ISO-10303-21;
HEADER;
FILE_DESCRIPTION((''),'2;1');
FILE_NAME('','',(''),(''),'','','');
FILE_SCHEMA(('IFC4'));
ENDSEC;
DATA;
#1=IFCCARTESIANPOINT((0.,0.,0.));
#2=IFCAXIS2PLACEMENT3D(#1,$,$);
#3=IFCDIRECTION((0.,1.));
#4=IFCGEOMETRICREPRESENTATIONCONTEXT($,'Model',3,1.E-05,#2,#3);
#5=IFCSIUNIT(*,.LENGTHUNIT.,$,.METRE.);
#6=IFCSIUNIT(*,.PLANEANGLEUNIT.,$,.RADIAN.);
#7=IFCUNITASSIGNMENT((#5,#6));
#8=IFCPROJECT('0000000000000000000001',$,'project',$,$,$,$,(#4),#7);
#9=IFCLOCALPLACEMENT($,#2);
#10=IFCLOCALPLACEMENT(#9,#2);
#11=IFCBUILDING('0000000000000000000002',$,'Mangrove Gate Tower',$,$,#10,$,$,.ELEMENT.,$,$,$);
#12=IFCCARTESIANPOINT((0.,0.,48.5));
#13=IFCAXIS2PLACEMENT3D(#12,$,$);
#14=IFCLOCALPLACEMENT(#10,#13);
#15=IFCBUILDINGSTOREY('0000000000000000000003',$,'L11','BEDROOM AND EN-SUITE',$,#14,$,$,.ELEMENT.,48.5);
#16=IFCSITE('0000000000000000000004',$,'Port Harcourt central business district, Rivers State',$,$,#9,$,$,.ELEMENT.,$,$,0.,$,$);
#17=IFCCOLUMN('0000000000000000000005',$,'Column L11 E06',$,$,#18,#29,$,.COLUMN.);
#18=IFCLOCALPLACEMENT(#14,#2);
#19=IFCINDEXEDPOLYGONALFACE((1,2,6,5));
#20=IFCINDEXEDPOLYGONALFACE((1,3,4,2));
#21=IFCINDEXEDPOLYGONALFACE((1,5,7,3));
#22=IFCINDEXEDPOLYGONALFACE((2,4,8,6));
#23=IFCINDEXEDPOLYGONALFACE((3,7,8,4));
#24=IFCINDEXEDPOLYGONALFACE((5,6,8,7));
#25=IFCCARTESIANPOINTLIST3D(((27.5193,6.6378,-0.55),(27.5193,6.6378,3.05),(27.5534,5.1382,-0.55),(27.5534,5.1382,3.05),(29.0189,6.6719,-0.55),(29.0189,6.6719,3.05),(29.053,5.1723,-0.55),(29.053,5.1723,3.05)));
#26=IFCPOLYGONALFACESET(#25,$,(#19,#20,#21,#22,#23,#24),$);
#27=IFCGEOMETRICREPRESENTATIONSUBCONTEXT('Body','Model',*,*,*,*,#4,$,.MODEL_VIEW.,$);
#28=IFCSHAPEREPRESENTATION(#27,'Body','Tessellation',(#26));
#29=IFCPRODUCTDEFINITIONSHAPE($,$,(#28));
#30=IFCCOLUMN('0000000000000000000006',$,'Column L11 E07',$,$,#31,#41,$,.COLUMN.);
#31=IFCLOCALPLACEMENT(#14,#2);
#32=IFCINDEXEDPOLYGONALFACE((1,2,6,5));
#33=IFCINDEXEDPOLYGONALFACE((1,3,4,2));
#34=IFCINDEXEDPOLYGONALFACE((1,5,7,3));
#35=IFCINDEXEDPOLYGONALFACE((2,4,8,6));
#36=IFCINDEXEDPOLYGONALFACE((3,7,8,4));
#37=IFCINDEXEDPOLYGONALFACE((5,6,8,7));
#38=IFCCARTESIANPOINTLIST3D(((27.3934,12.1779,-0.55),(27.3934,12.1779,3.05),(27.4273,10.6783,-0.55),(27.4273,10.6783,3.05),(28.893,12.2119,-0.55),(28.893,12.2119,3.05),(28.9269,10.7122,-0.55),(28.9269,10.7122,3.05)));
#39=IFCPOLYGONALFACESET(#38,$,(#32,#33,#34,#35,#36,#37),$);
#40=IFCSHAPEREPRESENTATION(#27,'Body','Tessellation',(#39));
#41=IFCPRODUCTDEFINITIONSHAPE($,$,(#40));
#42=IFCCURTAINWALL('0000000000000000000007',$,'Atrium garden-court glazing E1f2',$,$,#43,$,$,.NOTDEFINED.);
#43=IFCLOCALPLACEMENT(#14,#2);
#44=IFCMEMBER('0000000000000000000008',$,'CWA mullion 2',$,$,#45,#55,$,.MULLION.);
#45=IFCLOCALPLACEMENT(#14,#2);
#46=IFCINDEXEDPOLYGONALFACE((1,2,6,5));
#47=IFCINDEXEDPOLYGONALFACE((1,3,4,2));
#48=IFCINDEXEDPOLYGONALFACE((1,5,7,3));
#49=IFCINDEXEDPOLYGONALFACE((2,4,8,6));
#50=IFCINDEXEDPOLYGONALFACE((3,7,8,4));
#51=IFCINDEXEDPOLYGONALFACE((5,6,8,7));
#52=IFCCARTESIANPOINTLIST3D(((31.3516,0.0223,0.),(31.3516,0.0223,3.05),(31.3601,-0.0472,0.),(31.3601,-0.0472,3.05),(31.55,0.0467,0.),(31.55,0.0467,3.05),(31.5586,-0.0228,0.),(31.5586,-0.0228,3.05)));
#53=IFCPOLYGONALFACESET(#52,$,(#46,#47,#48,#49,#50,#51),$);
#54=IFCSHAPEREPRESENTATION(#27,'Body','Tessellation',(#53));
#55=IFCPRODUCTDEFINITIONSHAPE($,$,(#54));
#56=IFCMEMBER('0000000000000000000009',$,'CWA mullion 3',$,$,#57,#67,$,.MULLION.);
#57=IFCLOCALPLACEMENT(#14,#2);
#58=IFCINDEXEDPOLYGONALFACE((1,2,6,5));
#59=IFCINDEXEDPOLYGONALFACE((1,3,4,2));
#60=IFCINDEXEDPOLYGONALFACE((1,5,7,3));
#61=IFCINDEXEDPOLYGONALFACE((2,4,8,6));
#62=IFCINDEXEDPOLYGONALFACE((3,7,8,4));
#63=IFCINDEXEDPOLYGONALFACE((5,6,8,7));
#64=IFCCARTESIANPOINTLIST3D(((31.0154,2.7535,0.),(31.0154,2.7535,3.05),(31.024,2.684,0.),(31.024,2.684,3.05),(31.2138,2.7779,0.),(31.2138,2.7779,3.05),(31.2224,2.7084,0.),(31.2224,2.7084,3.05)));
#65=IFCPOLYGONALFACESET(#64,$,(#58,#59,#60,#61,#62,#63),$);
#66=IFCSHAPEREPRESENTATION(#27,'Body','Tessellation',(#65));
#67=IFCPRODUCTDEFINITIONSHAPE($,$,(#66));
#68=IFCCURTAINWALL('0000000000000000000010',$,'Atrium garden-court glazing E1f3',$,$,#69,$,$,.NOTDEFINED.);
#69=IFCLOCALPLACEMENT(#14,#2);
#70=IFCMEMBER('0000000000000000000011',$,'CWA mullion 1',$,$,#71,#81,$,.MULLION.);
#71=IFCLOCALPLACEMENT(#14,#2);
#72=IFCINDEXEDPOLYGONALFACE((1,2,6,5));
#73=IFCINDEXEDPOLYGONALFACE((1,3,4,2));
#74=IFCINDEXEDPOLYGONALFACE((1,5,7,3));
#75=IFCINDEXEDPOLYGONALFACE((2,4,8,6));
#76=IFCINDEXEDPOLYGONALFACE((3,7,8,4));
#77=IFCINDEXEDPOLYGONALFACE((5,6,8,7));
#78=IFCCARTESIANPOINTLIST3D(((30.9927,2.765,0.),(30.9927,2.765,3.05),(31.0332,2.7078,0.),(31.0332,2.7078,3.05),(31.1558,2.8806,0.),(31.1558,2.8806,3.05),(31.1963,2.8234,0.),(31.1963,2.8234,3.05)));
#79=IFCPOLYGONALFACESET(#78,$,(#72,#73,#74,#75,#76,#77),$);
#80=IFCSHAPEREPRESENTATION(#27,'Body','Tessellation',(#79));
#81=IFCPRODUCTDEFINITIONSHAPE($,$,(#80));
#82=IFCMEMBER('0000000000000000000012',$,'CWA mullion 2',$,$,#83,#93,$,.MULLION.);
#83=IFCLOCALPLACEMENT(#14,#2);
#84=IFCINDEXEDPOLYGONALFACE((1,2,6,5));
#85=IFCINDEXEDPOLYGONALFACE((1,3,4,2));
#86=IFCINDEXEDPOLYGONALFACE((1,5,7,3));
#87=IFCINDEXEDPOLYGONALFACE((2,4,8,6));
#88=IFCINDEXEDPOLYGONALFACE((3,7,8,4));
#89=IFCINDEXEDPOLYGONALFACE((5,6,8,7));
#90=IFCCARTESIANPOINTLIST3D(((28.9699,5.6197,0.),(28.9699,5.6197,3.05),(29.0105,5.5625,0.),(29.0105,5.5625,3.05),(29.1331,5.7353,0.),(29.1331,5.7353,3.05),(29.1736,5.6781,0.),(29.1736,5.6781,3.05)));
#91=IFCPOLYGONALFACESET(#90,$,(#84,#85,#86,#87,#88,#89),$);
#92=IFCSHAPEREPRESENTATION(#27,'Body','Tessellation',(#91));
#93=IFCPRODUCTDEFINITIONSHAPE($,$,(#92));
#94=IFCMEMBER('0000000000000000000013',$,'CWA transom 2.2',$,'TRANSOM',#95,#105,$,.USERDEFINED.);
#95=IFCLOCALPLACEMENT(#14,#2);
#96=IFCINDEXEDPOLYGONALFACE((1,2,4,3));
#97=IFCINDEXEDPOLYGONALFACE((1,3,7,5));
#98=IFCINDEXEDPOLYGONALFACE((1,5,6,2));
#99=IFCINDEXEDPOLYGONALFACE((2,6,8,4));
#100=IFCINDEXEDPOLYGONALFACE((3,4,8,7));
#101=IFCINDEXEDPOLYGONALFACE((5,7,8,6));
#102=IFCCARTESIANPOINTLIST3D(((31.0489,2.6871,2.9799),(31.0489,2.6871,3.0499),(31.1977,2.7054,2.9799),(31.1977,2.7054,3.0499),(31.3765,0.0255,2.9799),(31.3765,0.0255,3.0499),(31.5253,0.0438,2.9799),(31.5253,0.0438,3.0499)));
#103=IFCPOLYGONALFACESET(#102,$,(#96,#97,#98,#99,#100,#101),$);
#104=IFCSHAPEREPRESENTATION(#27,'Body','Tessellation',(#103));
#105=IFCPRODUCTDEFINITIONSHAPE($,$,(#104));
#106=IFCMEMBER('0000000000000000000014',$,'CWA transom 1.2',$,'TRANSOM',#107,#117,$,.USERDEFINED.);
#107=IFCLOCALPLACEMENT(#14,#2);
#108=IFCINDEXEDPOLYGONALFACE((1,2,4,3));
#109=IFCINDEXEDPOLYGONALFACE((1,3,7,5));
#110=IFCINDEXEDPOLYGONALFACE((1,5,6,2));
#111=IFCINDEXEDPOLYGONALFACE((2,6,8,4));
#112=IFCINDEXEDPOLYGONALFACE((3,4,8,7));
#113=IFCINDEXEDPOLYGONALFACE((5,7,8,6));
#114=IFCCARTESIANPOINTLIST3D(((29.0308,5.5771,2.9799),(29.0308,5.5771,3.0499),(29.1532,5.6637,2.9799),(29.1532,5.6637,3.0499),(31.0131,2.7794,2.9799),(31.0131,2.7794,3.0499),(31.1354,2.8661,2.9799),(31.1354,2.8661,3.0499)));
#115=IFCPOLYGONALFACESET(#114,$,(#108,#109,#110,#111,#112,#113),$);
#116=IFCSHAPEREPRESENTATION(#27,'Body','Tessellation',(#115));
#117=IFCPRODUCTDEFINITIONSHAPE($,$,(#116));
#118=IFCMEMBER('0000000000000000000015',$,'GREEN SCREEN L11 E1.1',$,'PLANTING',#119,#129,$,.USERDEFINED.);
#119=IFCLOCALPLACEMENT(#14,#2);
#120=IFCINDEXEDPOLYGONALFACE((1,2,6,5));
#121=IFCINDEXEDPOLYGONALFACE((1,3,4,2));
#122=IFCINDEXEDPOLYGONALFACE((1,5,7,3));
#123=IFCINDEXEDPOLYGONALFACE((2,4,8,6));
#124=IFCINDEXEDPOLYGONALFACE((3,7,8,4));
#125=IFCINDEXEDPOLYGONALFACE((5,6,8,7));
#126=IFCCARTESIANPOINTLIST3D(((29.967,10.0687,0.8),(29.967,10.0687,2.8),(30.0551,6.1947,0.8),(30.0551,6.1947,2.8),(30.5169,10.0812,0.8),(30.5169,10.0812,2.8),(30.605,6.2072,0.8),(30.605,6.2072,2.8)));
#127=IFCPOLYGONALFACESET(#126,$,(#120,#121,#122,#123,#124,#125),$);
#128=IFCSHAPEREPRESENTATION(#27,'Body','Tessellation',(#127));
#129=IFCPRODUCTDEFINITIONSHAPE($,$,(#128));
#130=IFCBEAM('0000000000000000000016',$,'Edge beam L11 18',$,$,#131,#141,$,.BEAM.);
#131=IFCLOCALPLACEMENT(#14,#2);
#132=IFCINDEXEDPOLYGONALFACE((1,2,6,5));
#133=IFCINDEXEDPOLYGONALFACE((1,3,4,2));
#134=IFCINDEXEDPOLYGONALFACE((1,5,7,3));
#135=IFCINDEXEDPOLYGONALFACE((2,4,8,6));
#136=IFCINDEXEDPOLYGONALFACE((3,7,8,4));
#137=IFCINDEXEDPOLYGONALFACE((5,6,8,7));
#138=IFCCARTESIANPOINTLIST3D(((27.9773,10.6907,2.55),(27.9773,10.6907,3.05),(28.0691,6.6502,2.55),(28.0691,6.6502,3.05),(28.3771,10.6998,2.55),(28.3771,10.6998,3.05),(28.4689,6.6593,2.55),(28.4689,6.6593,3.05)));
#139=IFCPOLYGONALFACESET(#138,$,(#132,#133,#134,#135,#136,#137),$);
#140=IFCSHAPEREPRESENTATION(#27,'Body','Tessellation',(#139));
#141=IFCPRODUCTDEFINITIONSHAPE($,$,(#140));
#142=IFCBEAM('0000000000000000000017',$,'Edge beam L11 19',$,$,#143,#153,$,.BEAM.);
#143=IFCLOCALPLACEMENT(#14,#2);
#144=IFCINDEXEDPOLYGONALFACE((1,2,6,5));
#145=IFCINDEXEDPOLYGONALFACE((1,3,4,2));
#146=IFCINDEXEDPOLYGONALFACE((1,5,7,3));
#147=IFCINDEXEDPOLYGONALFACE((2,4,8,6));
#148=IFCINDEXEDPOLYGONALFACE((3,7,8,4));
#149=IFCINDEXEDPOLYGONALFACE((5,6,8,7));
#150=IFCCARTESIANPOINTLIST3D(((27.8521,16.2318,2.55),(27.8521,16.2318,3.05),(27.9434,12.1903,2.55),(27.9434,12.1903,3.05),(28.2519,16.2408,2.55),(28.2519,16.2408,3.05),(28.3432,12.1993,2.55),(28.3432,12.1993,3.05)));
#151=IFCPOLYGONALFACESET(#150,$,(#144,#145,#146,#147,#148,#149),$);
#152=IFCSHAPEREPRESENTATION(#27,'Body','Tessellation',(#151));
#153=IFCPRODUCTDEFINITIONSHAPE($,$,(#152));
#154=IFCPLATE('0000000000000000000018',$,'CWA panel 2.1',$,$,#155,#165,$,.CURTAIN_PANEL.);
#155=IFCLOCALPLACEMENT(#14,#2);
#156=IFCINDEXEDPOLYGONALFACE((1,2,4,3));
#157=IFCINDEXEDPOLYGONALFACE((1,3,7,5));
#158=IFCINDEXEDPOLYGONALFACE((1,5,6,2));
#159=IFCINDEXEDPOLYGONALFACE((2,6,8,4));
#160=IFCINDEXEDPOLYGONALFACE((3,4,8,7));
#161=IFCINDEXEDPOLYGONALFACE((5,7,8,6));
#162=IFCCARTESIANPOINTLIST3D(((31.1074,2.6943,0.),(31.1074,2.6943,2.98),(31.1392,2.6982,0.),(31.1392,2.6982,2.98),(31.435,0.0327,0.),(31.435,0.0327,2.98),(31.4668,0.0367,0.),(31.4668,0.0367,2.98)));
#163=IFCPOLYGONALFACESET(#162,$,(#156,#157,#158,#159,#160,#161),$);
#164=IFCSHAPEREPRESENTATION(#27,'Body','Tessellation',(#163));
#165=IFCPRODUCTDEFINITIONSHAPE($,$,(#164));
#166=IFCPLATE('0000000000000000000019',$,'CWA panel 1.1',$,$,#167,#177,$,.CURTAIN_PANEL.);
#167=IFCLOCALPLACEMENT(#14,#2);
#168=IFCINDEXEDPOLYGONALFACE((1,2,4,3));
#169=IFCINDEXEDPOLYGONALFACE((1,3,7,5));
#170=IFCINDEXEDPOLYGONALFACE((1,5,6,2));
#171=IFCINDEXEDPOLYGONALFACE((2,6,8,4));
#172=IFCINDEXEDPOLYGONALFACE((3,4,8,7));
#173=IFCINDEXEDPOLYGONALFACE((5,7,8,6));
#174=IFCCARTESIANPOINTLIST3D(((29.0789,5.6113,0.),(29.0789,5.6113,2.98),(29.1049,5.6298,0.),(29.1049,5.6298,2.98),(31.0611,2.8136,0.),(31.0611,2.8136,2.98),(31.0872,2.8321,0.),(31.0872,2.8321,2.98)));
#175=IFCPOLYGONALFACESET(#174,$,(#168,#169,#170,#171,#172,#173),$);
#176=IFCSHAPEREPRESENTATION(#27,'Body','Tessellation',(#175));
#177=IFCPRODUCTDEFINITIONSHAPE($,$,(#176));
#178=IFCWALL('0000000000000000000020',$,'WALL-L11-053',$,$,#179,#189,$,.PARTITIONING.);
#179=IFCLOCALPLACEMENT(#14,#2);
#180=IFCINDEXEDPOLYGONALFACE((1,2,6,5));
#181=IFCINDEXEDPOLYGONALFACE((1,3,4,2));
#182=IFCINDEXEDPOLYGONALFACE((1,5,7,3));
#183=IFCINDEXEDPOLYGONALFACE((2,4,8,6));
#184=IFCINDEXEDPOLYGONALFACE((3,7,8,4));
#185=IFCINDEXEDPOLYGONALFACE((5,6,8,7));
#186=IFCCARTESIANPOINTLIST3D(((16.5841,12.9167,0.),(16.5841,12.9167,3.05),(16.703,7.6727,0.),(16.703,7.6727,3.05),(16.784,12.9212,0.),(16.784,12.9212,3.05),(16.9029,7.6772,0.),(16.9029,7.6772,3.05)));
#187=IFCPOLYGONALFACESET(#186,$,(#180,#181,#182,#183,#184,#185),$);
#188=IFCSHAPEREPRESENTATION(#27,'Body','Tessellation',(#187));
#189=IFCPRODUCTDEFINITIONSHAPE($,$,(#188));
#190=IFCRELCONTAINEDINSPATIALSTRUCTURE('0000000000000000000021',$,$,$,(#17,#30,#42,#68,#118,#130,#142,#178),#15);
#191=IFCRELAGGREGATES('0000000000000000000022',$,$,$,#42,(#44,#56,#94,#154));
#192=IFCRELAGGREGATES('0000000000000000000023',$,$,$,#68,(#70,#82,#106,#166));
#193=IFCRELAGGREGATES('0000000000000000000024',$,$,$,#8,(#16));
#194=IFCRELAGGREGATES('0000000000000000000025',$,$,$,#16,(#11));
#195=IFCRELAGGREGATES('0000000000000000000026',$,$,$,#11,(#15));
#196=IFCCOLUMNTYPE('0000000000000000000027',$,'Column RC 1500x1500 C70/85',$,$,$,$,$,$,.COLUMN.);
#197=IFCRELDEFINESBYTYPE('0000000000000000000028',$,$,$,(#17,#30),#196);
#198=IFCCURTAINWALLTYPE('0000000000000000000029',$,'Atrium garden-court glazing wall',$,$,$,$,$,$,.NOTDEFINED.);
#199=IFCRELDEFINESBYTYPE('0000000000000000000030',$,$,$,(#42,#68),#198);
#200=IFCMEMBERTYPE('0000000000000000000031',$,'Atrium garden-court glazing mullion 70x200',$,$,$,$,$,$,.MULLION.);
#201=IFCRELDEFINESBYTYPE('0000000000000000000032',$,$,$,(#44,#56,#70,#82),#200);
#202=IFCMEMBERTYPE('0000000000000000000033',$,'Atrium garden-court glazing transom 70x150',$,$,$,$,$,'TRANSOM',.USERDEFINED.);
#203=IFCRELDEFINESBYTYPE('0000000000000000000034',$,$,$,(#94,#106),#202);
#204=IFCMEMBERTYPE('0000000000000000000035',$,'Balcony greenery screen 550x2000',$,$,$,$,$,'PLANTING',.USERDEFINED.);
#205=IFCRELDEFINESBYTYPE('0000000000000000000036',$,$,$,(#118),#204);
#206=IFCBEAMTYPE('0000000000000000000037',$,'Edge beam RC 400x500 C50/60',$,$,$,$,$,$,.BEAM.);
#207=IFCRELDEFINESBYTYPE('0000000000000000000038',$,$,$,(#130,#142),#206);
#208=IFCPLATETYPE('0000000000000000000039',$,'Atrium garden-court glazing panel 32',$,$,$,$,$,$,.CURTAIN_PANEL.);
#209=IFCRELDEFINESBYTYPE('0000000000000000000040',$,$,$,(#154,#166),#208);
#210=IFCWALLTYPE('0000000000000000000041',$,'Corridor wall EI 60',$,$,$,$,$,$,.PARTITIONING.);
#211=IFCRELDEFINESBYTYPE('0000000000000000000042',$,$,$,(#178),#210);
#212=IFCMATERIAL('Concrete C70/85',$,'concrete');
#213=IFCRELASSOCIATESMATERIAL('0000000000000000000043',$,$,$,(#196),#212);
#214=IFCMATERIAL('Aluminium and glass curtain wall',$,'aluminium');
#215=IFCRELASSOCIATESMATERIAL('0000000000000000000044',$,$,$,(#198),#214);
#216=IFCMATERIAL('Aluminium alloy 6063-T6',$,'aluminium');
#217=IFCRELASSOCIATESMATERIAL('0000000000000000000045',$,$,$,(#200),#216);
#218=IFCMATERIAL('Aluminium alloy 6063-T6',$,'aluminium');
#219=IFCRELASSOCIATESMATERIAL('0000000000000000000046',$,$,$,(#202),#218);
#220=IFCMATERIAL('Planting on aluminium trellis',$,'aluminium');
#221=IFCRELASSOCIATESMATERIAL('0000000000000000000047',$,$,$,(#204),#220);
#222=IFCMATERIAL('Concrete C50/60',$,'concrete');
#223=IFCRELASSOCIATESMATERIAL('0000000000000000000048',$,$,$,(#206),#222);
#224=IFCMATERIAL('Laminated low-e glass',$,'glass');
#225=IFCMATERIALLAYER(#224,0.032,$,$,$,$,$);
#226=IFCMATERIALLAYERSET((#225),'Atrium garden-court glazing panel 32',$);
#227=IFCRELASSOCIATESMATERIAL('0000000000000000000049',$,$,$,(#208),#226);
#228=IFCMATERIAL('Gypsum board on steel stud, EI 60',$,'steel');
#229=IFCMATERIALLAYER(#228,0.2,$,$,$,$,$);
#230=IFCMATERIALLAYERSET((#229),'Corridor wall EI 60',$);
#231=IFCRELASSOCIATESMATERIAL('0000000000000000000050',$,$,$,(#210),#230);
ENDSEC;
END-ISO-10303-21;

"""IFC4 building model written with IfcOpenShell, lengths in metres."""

from ifc_helpers import new_model, si_unit, direction, frame, frame_2d, origin, origin_2d, place, context, subcontext, project, spatial, rectangle, extrude, material, layer, layer_set, material_profile, profile_set, type_object, element, aggregate, save


model = new_model("IFC4")

# Units and contexts
model_context = context("Model", 3, precision=1e-05, world=origin(), true_north=direction((0.0, 1.0)))
body_context = subcontext(model_context, "Body", "Model", "MODEL_VIEW")
ifc_project = project(units=[si_unit("LENGTHUNIT", "METRE"), si_unit("PLANEANGLEUNIT", "RADIAN")], contexts=[model_context])

# Site, building, storey
site_placement = place(None, origin())
site = spatial("IfcSite", under=ifc_project, at=site_placement, Name="Port Harcourt central business district, Rivers State", CompositionType="ELEMENT", RefElevation=0.0)
building_placement = place(site_placement, origin())
building = spatial("IfcBuilding", under=site, at=building_placement, Name="Mangrove Gate Tower", CompositionType="ELEMENT")
storey_placement = place(building_placement, frame((0.0, 0.0, 48.5)))
storey = spatial("IfcBuildingStorey", under=building, at=storey_placement, Name="L11", Description="BEDROOM AND EN-SUITE", CompositionType="ELEMENT", Elevation=48.5)

# Columns
ifc_material_1 = material(Name="Concrete C70/85", Category="concrete")
ifc_material_profile_1 = material_profile(ifc_material_1, rectangle(XDim=1.5, YDim=1.5, at=origin_2d()))
ifc_profile_set_1 = profile_set([ifc_material_profile_1], Name="Concrete C70/85")
column_type = type_object("IfcColumnType", Name="Column RC 1500x1500 C70/85", PredefinedType="COLUMN", material=ifc_profile_set_1)
for number, where, z_axis, x_axis, name in (
    (1, (28.2861, 5.905, -0.55), (0.0, 0.0, 1.0), (-0.022704, 0.999742, 0.0), "Column L11 E06"),
    (2, (28.1602, 11.4451, -0.55), (0.0, 0.0, 1.0), (-0.022646, 0.999744, 0.0), "Column L11 E07"),
):
    element("IfcColumn", number, at=place(storey_placement, frame(where, z_axis=z_axis, x_axis=x_axis)), inside=storey, type_object=column_type, Name=name, PredefinedType="COLUMN", context=body_context, shape_type="SweptSolid", body=[
        extrude(rectangle(XDim=1.5, YDim=1.5, at=origin_2d()), origin(), (0.0, 0.0, 1.0), 3.6001),
    ])

# Curtain walls, members
ifc_material_2 = material(Name="Aluminium and glass curtain wall", Category="aluminium")
curtain_wall_type = type_object("IfcCurtainWallType", Name="Atrium garden-court glazing wall", PredefinedType="NOTDEFINED", material=ifc_material_2)
curtain_wall_1_placement = place(storey_placement, origin())
curtain_wall_1 = element("IfcCurtainWall", 3, at=curtain_wall_1_placement, inside=storey, type_object=curtain_wall_type, Name="Atrium garden-court glazing E1f2", PredefinedType="NOTDEFINED")
ifc_material_3 = material(Name="Aluminium alloy 6063-T6", Category="aluminium")
ifc_material_profile_2 = material_profile(ifc_material_3, rectangle(XDim=0.0701, YDim=0.2, at=origin_2d()))
ifc_profile_set_2 = profile_set([ifc_material_profile_2], Name="Aluminium alloy 6063-T6")
member_type_1 = type_object("IfcMemberType", Name="Atrium garden-court glazing mullion 70x200", PredefinedType="MULLION", material=ifc_profile_set_2)
member_1_placement = place(storey_placement, frame((31.4551, -0.0002, 0.0), z_axis=(0.0, 0.0, 1.0), x_axis=(-0.122172, 0.992509, 0.0)))
member_1 = element("IfcMember", 4, at=member_1_placement, type_object=member_type_1, Name="CWA mullion 2", PredefinedType="MULLION", context=body_context, shape_type="SweptSolid", body=[
    extrude(rectangle(XDim=0.0701, YDim=0.2, at=origin_2d()), origin(), (0.0, 0.0, 1.0), 3.05),
])
member_2_placement = place(storey_placement, frame((31.1189, 2.731, 0.0), z_axis=(0.0, 0.0, 1.0), x_axis=(-0.122172, 0.992509, 0.0)))
member_2 = element("IfcMember", 5, at=member_2_placement, type_object=member_type_1, Name="CWA mullion 3", PredefinedType="MULLION", context=body_context, shape_type="SweptSolid", body=[
    extrude(rectangle(XDim=0.0701, YDim=0.2, at=origin_2d()), origin(), (0.0, 0.0, 1.0), 3.05),
])
curtain_wall_2_placement = place(storey_placement, origin())
curtain_wall_2 = element("IfcCurtainWall", 6, at=curtain_wall_2_placement, inside=storey, type_object=curtain_wall_type, Name="Atrium garden-court glazing E1f3", PredefinedType="NOTDEFINED")
member_3_placement = place(storey_placement, frame((31.0945, 2.7942, 0.0), z_axis=(0.0, 0.0, 1.0), x_axis=(-0.578123, 0.81595, 0.0)))
member_3 = element("IfcMember", 7, at=member_3_placement, type_object=member_type_1, Name="CWA mullion 1", PredefinedType="MULLION", context=body_context, shape_type="SweptSolid", body=[
    extrude(rectangle(XDim=0.0701, YDim=0.2, at=origin_2d()), origin(), (0.0, 0.0, 1.0), 3.05),
])
member_4_placement = place(storey_placement, frame((29.0718, 5.6489, 0.0), z_axis=(0.0, 0.0, 1.0), x_axis=(-0.578123, 0.81595, 0.0)))
member_4 = element("IfcMember", 8, at=member_4_placement, type_object=member_type_1, Name="CWA mullion 2", PredefinedType="MULLION", context=body_context, shape_type="SweptSolid", body=[
    extrude(rectangle(XDim=0.0701, YDim=0.2, at=origin_2d()), origin(), (0.0, 0.0, 1.0), 3.05),
])

# Members
ifc_material_4 = material(Name="Aluminium alloy 6063-T6", Category="aluminium")
ifc_material_profile_3 = material_profile(ifc_material_4, rectangle(XDim=0.0701, YDim=0.1499, at=origin_2d()))
ifc_profile_set_3 = profile_set([ifc_material_profile_3], Name="Aluminium alloy 6063-T6")
member_type_2 = type_object("IfcMemberType", Name="Atrium garden-court glazing transom 70x150", ElementType="TRANSOM", PredefinedType="USERDEFINED", material=ifc_profile_set_3)
member_5_placement = place(storey_placement, frame((31.4509, 0.0347, 3.0149), z_axis=(-0.122175, 0.992509, 0.0), x_axis=(0.0, 0.0, 1.0)))
member_5 = element("IfcMember", 9, at=member_5_placement, type_object=member_type_2, Name="CWA transom 2.2", ObjectType="TRANSOM", PredefinedType="USERDEFINED", context=body_context, shape_type="SweptSolid", body=[
    extrude(rectangle(XDim=0.0701, YDim=0.1499, at=origin_2d()), origin(), (0.0, 0.0, 1.0), 2.6816),
])
member_6_placement = place(storey_placement, frame((31.0742, 2.8228, 3.0149), z_axis=(-0.578122, 0.81595, 0.0), x_axis=(0.0, 0.0, 1.0)))
member_6 = element("IfcMember", 10, at=member_6_placement, type_object=member_type_2, Name="CWA transom 1.2", ObjectType="TRANSOM", PredefinedType="USERDEFINED", context=body_context, shape_type="SweptSolid", body=[
    extrude(rectangle(XDim=0.0701, YDim=0.1499, at=origin_2d()), origin(), (0.0, 0.0, 1.0), 3.4287),
])
ifc_material_5 = material(Name="Planting on aluminium trellis", Category="aluminium")
ifc_material_profile_4 = material_profile(ifc_material_5, rectangle(XDim=0.55, YDim=2.0, at=origin_2d()))
ifc_profile_set_4 = profile_set([ifc_material_profile_4], Name="Planting on aluminium trellis")
member_type_3 = type_object("IfcMemberType", Name="Balcony greenery screen 550x2000", ElementType="PLANTING", PredefinedType="USERDEFINED", material=ifc_profile_set_4)
member_7_placement = place(storey_placement, frame((30.3301, 6.2009, 1.8), z_axis=(-0.022744, 0.999741, 0.0), x_axis=(-0.999741, -0.022744, 0.0)))
element("IfcMember", 11, at=member_7_placement, inside=storey, type_object=member_type_3, Name="GREEN SCREEN L11 E1.1", ObjectType="PLANTING", PredefinedType="USERDEFINED", context=body_context, shape_type="SweptSolid", body=[
    extrude(rectangle(XDim=0.55, YDim=2.0, at=origin_2d()), origin(), (0.0, 0.0, 1.0), 3.875),
])

# Beams
ifc_material_6 = material(Name="Concrete C50/60", Category="concrete")
ifc_material_profile_5 = material_profile(ifc_material_6, rectangle(XDim=0.3999, YDim=0.5, at=origin_2d()))
ifc_profile_set_5 = profile_set([ifc_material_profile_5], Name="Concrete C50/60")
beam_type = type_object("IfcBeamType", Name="Edge beam RC 400x500 C50/60", PredefinedType="BEAM", material=ifc_profile_set_5)
beam_1_placement = place(storey_placement, frame((28.269, 6.6548, 2.8), z_axis=(-0.022713, 0.999742, 0.0), x_axis=(-0.999742, -0.022713, 0.0)))
element("IfcBeam", 12, at=beam_1_placement, inside=storey, type_object=beam_type, Name="Edge beam L11 18", PredefinedType="BEAM", context=body_context, shape_type="SweptSolid", body=[
    extrude(rectangle(XDim=0.3999, YDim=0.5, at=origin_2d()), origin(), (0.0, 0.0, 1.0), 4.0415),
])
beam_2_placement = place(storey_placement, frame((28.1433, 12.1948, 2.8), z_axis=(-0.022587, 0.999745, 0.0), x_axis=(-0.999745, -0.022587, 0.0)))
element("IfcBeam", 13, at=beam_2_placement, inside=storey, type_object=beam_type, Name="Edge beam L11 19", PredefinedType="BEAM", context=body_context, shape_type="SweptSolid", body=[
    extrude(rectangle(XDim=0.3999, YDim=0.5, at=origin_2d()), origin(), (0.0, 0.0, 1.0), 4.0425),
])

# Plates
ifc_material_7 = material(Name="Laminated low-e glass", Category="glass")
ifc_layer_1 = layer(ifc_material_7, 0.032)
ifc_layer_set_1 = layer_set([ifc_layer_1], Name="Atrium garden-court glazing panel 32")
plate_type = type_object("IfcPlateType", Name="Atrium garden-court glazing panel 32", PredefinedType="CURTAIN_PANEL", material=ifc_layer_set_1)
plate_1_placement = place(storey_placement, frame((31.2871, 1.3655, 0.0), z_axis=(0.0, 0.0, 1.0), x_axis=(-0.122172, 0.992509, 0.0)))
plate_1 = element("IfcPlate", 14, at=plate_1_placement, type_object=plate_type, Name="CWA panel 2.1", PredefinedType="CURTAIN_PANEL", context=body_context, shape_type="SweptSolid", body=[
    extrude(rectangle(XDim=2.6816, YDim=0.032, at=origin_2d()), origin(), (0.0, 0.0, 1.0), 2.98),
])
aggregate(curtain_wall_1, [member_1, member_2, member_5, plate_1])
plate_2_placement = place(storey_placement, frame((30.083, 4.2217, 0.0), z_axis=(0.0, 0.0, 1.0), x_axis=(-0.578123, 0.81595, 0.0)))
plate_2 = element("IfcPlate", 15, at=plate_2_placement, type_object=plate_type, Name="CWA panel 1.1", PredefinedType="CURTAIN_PANEL", context=body_context, shape_type="SweptSolid", body=[
    extrude(rectangle(XDim=3.4287, YDim=0.032, at=origin_2d()), origin(), (0.0, 0.0, 1.0), 2.98),
])
aggregate(curtain_wall_2, [member_3, member_4, member_6, plate_2])

# Wall
ifc_material_8 = material(Name="Gypsum board on steel stud, EI 60", Category="steel")
ifc_layer_2 = layer(ifc_material_8, 0.2)
ifc_layer_set_2 = layer_set([ifc_layer_2], Name="Corridor wall EI 60")
wall_type_1 = type_object("IfcWallType", Name="Corridor wall EI 60", PredefinedType="PARTITIONING", material=ifc_layer_set_2)
wall_1_placement = place(storey_placement, frame((16.803, 7.675, 0.0), z_axis=(0.0, 0.0, 1.0), x_axis=(-0.022667, 0.999743, 0.0)))
element("IfcWall", 16, at=wall_1_placement, inside=storey, type_object=wall_type_1, Name="WALL-L11-053", PredefinedType="PARTITIONING", context=body_context, shape_type="SweptSolid", body=[
    extrude(rectangle(XDim=5.2454, YDim=0.2, at=frame_2d((2.6226, 0.0))), origin(), (0.0, 0.0, 1.0), 3.05),
])

save(model, "model.ifc")
